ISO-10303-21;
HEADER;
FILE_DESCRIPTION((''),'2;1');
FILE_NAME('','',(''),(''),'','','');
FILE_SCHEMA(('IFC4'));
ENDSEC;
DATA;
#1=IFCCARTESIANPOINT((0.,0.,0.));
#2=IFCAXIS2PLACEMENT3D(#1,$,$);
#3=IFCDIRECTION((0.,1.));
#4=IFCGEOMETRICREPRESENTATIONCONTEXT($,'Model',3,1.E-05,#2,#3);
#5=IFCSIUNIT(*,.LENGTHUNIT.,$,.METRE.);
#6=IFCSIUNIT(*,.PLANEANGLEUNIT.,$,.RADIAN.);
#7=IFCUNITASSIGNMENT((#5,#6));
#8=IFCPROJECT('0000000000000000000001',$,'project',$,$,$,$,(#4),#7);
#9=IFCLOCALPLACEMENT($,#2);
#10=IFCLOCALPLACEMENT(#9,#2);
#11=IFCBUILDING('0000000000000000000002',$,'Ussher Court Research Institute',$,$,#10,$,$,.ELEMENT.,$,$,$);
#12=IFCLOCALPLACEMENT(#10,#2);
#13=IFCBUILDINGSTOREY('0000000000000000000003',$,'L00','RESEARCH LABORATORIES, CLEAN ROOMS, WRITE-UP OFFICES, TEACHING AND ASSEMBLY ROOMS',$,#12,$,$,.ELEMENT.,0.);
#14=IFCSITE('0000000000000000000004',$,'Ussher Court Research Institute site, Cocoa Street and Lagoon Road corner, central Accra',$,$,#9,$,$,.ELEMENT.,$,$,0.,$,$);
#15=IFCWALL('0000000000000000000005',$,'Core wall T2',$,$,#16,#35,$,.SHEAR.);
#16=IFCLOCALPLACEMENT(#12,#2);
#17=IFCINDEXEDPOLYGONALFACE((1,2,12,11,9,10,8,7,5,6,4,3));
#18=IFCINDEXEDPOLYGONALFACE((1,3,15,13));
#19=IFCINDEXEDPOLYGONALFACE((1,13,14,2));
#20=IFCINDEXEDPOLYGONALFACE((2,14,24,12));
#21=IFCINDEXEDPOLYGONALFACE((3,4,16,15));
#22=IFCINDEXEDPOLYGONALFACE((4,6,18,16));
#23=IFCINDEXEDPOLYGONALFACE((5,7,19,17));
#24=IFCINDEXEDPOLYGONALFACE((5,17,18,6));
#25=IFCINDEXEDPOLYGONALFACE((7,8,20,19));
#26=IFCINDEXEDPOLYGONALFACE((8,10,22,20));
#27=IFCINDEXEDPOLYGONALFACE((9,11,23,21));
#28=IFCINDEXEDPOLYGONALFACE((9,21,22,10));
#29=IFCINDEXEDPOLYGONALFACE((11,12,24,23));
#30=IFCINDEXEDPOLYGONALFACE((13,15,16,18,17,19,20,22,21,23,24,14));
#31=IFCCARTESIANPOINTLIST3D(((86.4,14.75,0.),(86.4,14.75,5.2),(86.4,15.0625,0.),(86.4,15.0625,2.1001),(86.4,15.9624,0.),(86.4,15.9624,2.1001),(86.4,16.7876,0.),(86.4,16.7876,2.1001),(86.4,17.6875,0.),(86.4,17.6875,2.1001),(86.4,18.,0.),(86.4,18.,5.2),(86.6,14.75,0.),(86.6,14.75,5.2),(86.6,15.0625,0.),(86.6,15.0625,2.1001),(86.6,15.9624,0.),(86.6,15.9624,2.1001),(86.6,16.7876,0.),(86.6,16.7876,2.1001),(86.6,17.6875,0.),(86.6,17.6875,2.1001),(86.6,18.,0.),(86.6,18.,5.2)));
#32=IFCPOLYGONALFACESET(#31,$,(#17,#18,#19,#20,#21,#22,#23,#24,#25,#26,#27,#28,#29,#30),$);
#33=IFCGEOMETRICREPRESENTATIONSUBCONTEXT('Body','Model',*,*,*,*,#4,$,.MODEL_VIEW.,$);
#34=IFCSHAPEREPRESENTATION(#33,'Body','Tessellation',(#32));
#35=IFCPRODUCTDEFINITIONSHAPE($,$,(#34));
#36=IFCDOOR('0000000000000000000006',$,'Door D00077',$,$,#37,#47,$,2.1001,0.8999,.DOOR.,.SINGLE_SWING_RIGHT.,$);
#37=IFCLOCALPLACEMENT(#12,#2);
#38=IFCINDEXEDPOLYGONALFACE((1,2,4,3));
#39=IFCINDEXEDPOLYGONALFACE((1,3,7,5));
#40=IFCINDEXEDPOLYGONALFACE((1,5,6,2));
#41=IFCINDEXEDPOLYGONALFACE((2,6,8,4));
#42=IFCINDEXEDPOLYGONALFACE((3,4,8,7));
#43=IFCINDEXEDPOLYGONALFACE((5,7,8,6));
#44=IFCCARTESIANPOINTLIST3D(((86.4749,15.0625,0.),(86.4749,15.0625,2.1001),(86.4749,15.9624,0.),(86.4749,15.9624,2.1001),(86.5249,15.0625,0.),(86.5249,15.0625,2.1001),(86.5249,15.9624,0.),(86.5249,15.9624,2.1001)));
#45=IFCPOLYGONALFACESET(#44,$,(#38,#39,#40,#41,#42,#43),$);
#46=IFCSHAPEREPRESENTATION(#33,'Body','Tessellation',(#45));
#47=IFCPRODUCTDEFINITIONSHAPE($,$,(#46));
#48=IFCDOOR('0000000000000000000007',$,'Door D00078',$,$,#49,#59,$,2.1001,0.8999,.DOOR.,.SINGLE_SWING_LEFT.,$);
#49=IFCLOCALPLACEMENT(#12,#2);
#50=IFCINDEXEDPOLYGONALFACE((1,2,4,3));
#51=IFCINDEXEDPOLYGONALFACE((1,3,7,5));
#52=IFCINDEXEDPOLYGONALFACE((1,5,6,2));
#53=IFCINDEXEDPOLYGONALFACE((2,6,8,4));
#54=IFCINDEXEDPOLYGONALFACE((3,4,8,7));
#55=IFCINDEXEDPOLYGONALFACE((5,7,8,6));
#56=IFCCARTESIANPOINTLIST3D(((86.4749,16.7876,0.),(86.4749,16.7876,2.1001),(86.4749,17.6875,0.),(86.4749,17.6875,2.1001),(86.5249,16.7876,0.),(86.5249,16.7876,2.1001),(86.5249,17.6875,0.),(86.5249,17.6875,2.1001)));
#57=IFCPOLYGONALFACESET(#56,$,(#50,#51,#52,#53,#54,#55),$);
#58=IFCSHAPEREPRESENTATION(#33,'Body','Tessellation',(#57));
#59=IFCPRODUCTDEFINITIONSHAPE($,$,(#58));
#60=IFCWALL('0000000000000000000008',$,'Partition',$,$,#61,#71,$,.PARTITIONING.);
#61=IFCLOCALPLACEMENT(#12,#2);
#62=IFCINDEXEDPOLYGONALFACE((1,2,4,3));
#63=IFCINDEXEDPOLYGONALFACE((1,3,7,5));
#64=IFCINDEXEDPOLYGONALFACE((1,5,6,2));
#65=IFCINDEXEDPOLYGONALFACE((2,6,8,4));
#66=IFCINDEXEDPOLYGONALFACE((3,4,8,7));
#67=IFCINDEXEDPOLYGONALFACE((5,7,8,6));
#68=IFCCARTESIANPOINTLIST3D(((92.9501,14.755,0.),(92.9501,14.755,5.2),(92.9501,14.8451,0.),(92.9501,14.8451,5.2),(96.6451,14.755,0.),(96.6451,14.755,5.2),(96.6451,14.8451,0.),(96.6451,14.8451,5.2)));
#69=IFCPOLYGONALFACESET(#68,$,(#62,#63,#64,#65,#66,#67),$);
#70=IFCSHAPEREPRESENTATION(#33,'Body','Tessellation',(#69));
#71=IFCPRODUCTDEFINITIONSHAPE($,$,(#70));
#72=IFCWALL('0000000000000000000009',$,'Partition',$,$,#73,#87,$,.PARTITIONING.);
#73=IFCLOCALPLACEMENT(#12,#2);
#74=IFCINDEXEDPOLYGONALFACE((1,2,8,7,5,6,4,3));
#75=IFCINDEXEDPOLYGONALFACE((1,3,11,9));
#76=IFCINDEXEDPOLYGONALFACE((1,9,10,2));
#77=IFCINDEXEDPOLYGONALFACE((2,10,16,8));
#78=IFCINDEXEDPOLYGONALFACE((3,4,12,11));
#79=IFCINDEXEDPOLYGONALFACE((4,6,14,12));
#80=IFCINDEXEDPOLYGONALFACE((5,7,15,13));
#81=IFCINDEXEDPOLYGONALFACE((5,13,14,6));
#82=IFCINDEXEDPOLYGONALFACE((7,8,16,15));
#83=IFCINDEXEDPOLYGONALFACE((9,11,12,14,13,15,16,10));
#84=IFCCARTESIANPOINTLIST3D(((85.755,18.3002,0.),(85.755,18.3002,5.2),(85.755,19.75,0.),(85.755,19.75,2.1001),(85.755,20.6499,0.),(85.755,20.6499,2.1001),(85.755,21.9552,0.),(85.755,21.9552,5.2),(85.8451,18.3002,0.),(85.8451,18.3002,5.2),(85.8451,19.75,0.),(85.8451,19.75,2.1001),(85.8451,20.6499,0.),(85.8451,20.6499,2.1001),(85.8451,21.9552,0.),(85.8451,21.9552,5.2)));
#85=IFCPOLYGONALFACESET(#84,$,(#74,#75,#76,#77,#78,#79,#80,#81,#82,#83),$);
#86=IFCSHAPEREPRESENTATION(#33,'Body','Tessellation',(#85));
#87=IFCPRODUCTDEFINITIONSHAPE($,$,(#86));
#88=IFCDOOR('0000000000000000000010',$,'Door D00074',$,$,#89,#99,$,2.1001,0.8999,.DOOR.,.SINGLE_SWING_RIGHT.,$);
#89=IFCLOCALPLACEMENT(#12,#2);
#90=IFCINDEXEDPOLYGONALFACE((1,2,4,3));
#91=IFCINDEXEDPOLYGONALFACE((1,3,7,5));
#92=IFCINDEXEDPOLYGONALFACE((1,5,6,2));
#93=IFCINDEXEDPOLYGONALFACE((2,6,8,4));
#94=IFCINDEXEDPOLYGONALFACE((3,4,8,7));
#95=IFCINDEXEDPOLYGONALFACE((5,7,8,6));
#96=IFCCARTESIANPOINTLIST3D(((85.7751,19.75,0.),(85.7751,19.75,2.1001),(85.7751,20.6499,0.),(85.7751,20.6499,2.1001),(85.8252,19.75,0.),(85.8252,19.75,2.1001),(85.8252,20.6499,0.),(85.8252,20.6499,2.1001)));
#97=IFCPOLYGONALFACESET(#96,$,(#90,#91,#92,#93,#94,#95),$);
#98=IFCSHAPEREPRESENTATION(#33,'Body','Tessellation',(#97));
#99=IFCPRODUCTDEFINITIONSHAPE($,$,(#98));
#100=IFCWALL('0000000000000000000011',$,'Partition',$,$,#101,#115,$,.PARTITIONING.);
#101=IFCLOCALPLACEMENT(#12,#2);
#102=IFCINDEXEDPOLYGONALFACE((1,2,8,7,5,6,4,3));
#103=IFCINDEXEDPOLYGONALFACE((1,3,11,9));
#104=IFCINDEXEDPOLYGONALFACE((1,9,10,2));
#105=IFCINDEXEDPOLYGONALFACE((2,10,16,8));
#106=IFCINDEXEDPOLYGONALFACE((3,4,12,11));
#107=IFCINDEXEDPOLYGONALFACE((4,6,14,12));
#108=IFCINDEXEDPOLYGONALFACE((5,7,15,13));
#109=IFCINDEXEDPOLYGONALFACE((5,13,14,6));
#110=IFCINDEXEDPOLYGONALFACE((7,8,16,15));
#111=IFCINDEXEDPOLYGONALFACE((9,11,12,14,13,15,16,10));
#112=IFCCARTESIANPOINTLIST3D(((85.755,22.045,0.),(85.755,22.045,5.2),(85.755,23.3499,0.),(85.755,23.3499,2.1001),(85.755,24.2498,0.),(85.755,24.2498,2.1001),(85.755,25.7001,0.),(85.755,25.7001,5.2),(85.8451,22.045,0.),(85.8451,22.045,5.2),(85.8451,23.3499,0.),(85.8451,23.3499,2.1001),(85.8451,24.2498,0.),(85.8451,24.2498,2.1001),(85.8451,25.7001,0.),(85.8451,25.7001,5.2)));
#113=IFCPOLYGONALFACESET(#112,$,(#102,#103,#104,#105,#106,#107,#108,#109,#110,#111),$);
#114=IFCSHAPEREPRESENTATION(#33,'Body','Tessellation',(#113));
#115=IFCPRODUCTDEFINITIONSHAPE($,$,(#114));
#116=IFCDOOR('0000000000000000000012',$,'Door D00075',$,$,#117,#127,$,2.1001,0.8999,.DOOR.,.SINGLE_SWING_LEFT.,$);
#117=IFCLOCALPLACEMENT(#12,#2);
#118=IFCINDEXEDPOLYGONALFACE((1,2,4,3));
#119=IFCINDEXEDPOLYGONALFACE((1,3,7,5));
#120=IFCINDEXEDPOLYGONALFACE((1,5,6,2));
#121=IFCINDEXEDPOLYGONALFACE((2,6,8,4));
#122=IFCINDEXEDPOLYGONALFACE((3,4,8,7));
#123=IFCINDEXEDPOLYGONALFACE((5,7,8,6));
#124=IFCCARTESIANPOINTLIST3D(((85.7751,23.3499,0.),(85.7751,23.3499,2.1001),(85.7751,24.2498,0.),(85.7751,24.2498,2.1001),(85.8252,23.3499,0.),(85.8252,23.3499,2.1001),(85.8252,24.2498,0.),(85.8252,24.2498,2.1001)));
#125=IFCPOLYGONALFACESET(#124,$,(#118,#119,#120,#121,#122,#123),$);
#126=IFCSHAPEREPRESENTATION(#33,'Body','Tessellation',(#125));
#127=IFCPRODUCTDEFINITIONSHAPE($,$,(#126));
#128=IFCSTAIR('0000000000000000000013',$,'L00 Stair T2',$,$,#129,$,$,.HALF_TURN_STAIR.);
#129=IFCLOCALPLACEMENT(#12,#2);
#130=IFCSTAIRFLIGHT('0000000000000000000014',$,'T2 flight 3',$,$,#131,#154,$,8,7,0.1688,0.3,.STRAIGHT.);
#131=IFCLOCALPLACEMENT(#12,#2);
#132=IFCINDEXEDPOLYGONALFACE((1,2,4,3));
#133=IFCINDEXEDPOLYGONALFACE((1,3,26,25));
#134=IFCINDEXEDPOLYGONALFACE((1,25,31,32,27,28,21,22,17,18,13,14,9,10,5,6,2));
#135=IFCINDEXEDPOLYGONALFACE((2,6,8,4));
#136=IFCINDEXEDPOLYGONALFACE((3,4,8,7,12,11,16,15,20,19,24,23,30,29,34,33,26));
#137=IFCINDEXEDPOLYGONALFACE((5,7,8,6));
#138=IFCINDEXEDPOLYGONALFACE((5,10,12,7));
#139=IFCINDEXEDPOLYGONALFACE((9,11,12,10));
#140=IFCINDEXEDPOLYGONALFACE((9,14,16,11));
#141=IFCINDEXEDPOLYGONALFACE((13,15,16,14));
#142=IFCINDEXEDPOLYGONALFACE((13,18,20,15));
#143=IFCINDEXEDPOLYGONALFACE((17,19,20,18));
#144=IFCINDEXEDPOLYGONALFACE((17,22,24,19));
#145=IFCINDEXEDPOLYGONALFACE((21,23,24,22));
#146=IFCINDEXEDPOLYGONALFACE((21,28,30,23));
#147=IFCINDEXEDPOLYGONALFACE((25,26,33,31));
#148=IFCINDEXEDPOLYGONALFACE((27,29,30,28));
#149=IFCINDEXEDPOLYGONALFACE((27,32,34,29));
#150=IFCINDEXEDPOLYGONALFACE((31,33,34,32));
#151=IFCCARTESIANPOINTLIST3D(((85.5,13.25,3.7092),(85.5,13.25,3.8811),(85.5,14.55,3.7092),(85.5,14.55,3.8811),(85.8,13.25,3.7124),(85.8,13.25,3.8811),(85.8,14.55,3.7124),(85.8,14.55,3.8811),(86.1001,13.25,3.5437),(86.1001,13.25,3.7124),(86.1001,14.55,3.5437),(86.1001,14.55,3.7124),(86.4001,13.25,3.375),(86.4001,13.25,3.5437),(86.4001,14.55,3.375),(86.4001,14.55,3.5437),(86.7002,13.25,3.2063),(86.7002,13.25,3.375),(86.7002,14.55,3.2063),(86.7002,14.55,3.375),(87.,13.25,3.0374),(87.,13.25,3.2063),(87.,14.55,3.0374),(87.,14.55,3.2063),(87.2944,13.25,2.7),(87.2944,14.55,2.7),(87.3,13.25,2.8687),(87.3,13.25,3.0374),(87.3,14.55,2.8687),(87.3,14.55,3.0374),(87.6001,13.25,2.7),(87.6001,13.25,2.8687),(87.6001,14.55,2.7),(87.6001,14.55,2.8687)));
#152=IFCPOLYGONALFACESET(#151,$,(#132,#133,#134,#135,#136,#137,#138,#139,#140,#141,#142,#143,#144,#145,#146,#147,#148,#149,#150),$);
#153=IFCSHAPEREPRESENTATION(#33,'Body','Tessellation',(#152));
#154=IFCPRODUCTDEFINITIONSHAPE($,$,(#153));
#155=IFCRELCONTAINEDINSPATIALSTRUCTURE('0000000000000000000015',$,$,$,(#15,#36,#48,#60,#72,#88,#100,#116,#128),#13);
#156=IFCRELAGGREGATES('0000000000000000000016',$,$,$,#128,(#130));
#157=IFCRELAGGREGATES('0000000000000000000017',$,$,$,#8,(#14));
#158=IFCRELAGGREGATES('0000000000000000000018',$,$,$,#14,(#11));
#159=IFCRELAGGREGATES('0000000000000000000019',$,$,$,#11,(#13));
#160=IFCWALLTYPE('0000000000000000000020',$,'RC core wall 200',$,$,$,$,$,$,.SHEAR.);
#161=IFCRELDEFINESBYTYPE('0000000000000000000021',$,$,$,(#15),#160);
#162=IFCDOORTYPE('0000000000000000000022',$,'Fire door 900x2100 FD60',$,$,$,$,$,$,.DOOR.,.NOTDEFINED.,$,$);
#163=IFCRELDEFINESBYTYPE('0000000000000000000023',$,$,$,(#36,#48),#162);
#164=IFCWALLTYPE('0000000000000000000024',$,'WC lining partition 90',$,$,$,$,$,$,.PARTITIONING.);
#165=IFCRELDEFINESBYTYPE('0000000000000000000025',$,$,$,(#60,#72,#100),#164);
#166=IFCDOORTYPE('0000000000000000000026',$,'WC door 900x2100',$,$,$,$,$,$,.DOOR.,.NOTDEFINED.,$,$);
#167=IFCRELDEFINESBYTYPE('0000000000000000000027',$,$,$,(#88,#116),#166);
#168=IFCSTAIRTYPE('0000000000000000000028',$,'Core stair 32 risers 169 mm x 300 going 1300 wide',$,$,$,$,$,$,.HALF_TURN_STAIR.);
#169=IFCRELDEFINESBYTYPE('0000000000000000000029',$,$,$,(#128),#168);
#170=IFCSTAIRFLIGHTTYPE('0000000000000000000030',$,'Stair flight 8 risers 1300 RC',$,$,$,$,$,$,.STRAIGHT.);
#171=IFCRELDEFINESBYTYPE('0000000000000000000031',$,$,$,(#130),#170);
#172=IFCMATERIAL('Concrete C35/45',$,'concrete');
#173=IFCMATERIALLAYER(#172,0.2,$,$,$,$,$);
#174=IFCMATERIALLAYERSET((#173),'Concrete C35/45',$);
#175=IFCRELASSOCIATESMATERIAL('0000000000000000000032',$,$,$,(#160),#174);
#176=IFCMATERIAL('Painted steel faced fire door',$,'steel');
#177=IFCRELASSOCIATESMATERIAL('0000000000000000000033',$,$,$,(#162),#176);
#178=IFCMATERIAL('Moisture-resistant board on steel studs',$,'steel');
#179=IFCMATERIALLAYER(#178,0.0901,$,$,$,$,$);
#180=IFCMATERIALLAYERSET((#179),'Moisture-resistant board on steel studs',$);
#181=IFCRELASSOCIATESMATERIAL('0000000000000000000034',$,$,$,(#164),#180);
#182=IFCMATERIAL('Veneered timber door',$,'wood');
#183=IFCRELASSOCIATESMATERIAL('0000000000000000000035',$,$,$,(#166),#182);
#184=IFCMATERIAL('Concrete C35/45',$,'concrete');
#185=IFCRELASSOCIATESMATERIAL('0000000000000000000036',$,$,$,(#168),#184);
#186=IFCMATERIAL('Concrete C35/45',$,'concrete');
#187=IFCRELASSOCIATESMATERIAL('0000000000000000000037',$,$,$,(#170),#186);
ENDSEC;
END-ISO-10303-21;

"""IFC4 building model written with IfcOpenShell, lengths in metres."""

from ifc_helpers import new_model, si_unit, direction, frame, frame_2d, origin, place, context, subcontext, project, spatial, polyline, rectangle, outline, extrude, material, layer, layer_set, type_object, element, fill, aggregate, save


model = new_model("IFC4")

# Units and contexts
model_context = context("Model", 3, precision=1e-05, world=origin(), true_north=direction((0.0, 1.0)))
body_context = subcontext(model_context, "Body", "Model", "MODEL_VIEW")
ifc_project = project(units=[si_unit("LENGTHUNIT", "METRE"), si_unit("PLANEANGLEUNIT", "RADIAN")], contexts=[model_context])

# Site, building, storey
site_placement = place(None, origin())
site = spatial("IfcSite", under=ifc_project, at=site_placement, Name="Ussher Court Research Institute site, Cocoa Street and Lagoon Road corner, central Accra", CompositionType="ELEMENT", RefElevation=0.0)
building_placement = place(site_placement, origin())
building = spatial("IfcBuilding", under=site, at=building_placement, Name="Ussher Court Research Institute", CompositionType="ELEMENT")
storey_placement = place(building_placement, origin())
storey = spatial("IfcBuildingStorey", under=building, at=storey_placement, Name="L00", Description="RESEARCH LABORATORIES, CLEAN ROOMS, WRITE-UP OFFICES, TEACHING AND ASSEMBLY ROOMS", CompositionType="ELEMENT", Elevation=0.0)

# Wall, openings, doors
ifc_material_1 = material(Name="Concrete C35/45", Category="concrete")
ifc_layer_1 = layer(ifc_material_1, 0.2)
ifc_layer_set_1 = layer_set([ifc_layer_1], Name="Concrete C35/45")
wall_type_1 = type_object("IfcWallType", Name="RC core wall 200", PredefinedType="SHEAR", material=ifc_layer_set_1)
wall_1_placement = place(storey_placement, frame((86.5, 18.0, 0.0), z_axis=(0.0, 0.0, 1.0), x_axis=(0.0, -1.0, 0.0)))
wall_1 = element("IfcWall", 1, at=wall_1_placement, inside=storey, type_object=wall_type_1, Name="Core wall T2", PredefinedType="SHEAR", context=body_context, shape_type="SweptSolid", body=[
    extrude(rectangle(XDim=3.25, YDim=0.2, at=frame_2d((1.625, 0.0))), origin(), (0.0, 0.0, 1.0), 5.2),
])
opening_1_placement = place(wall_1_placement, frame((2.0376, 0.0, 0.0)))
opening_1 = element("IfcOpeningElement", 2, at=opening_1_placement, cuts=wall_1, PredefinedType="OPENING", context=body_context, shape_type="SweptSolid", body=[
    extrude(rectangle(XDim=0.8999, YDim=2.1001, at=frame_2d((0.45, 1.05))), frame((0.0, 0.1099, 0.0), z_axis=(0.0, -1.0, 0.0), x_axis=(1.0, 0.0, 0.0)), (0.0, 0.0, 1.0), 0.22),
])
opening_2_placement = place(wall_1_placement, frame((0.3125, 0.0, 0.0)))
opening_2 = element("IfcOpeningElement", 3, at=opening_2_placement, cuts=wall_1, PredefinedType="OPENING", context=body_context, shape_type="SweptSolid", body=[
    extrude(rectangle(XDim=0.8999, YDim=2.1001, at=frame_2d((0.45, 1.05))), frame((0.0, 0.1099, 0.0), z_axis=(0.0, -1.0, 0.0), x_axis=(1.0, 0.0, 0.0)), (0.0, 0.0, 1.0), 0.22),
])
ifc_material_2 = material(Name="Painted steel faced fire door", Category="steel")
door_type_1 = type_object("IfcDoorType", Name="Fire door 900x2100 FD60", OperationType="NOTDEFINED", PredefinedType="DOOR", material=ifc_material_2)
door_1_placement = place(opening_1_placement, origin())
door_1 = element("IfcDoor", 4, at=door_1_placement, inside=storey, type_object=door_type_1, Name="Door D00077", OperationType="SINGLE_SWING_RIGHT", OverallHeight=2.1001, OverallWidth=0.8999, PredefinedType="DOOR", context=body_context, shape_type="SweptSolid", body=[
    extrude(rectangle(XDim=0.8999, YDim=2.1001, at=frame_2d((0.45, 1.05))), frame((0.0, 0.0249, 0.0), z_axis=(0.0, -1.0, 0.0), x_axis=(1.0, 0.0, 0.0)), (0.0, 0.0, 1.0), 0.05),
])
fill(opening_1, door_1)
door_2_placement = place(opening_2_placement, origin())
door_2 = element("IfcDoor", 5, at=door_2_placement, inside=storey, type_object=door_type_1, Name="Door D00078", OperationType="SINGLE_SWING_LEFT", OverallHeight=2.1001, OverallWidth=0.8999, PredefinedType="DOOR", context=body_context, shape_type="SweptSolid", body=[
    extrude(rectangle(XDim=0.8999, YDim=2.1001, at=frame_2d((0.45, 1.05))), frame((0.0, 0.0249, 0.0), z_axis=(0.0, -1.0, 0.0), x_axis=(1.0, 0.0, 0.0)), (0.0, 0.0, 1.0), 0.05),
])
fill(opening_2, door_2)

# Wall
ifc_material_3 = material(Name="Moisture-resistant board on steel studs", Category="steel")
ifc_layer_2 = layer(ifc_material_3, 0.0901)
ifc_layer_set_2 = layer_set([ifc_layer_2], Name="Moisture-resistant board on steel studs")
wall_type_2 = type_object("IfcWallType", Name="WC lining partition 90", PredefinedType="PARTITIONING", material=ifc_layer_set_2)
wall_2_placement = place(storey_placement, frame((92.95, 14.8, 0.0), z_axis=(0.0, 0.0, 1.0), x_axis=(1.0, 0.0, 0.0)))
element("IfcWall", 6, at=wall_2_placement, inside=storey, type_object=wall_type_2, Name="Partition", PredefinedType="PARTITIONING", context=body_context, shape_type="SweptSolid", body=[
    extrude(rectangle(XDim=3.6951, YDim=0.0901, at=frame_2d((1.8477, 0.0))), origin(), (0.0, 0.0, 1.0), 5.2),
])

# Walls, openings, doors
wall_3_placement = place(storey_placement, frame((85.8, 18.3, 0.0), z_axis=(0.0, 0.0, 1.0), x_axis=(0.0, 1.0, 0.0)))
wall_3 = element("IfcWall", 7, at=wall_3_placement, inside=storey, type_object=wall_type_2, Name="Partition", PredefinedType="PARTITIONING", context=body_context, shape_type="SweptSolid", body=[
    extrude(rectangle(XDim=3.655, YDim=0.0901, at=frame_2d((1.8276, 0.0))), origin(), (0.0, 0.0, 1.0), 5.2),
])
opening_3_placement = place(wall_3_placement, frame((1.45, 0.0, 0.0)))
opening_3 = element("IfcOpeningElement", 8, at=opening_3_placement, cuts=wall_3, PredefinedType="OPENING", context=body_context, shape_type="SweptSolid", body=[
    extrude(rectangle(XDim=0.8999, YDim=2.1001, at=frame_2d((0.45, 1.05))), frame((0.0, 0.0552, 0.0), z_axis=(0.0, -1.0, 0.0), x_axis=(1.0, 0.0, 0.0)), (0.0, 0.0, 1.0), 0.1101),
])
ifc_material_4 = material(Name="Veneered timber door", Category="wood")
door_type_2 = type_object("IfcDoorType", Name="WC door 900x2100", OperationType="NOTDEFINED", PredefinedType="DOOR", material=ifc_material_4)
door_3_placement = place(opening_3_placement, origin())
door_3 = element("IfcDoor", 9, at=door_3_placement, inside=storey, type_object=door_type_2, Name="Door D00074", OperationType="SINGLE_SWING_RIGHT", OverallHeight=2.1001, OverallWidth=0.8999, PredefinedType="DOOR", context=body_context, shape_type="SweptSolid", body=[
    extrude(rectangle(XDim=0.8999, YDim=2.1001, at=frame_2d((0.45, 1.05))), frame((0.0, 0.0249, 0.0), z_axis=(0.0, -1.0, 0.0), x_axis=(1.0, 0.0, 0.0)), (0.0, 0.0, 1.0), 0.05),
])
fill(opening_3, door_3)
wall_4_placement = place(storey_placement, frame((85.8, 22.0449, 0.0), z_axis=(0.0, 0.0, 1.0), x_axis=(0.0, 1.0, 0.0)))
wall_4 = element("IfcWall", 10, at=wall_4_placement, inside=storey, type_object=wall_type_2, Name="Partition", PredefinedType="PARTITIONING", context=body_context, shape_type="SweptSolid", body=[
    extrude(rectangle(XDim=3.655, YDim=0.0901, at=frame_2d((1.8276, 0.0))), origin(), (0.0, 0.0, 1.0), 5.2),
])
opening_4_placement = place(wall_4_placement, frame((1.3049, 0.0, 0.0)))
opening_4 = element("IfcOpeningElement", 11, at=opening_4_placement, cuts=wall_4, PredefinedType="OPENING", context=body_context, shape_type="SweptSolid", body=[
    extrude(rectangle(XDim=0.8999, YDim=2.1001, at=frame_2d((0.45, 1.05))), frame((0.0, 0.0552, 0.0), z_axis=(0.0, -1.0, 0.0), x_axis=(1.0, 0.0, 0.0)), (0.0, 0.0, 1.0), 0.1101),
])
door_4_placement = place(opening_4_placement, origin())
door_4 = element("IfcDoor", 12, at=door_4_placement, inside=storey, type_object=door_type_2, Name="Door D00075", OperationType="SINGLE_SWING_LEFT", OverallHeight=2.1001, OverallWidth=0.8999, PredefinedType="DOOR", context=body_context, shape_type="SweptSolid", body=[
    extrude(rectangle(XDim=0.8999, YDim=2.1001, at=frame_2d((0.45, 1.05))), frame((0.0, 0.0249, 0.0), z_axis=(0.0, -1.0, 0.0), x_axis=(1.0, 0.0, 0.0)), (0.0, 0.0, 1.0), 0.05),
])
fill(opening_4, door_4)

# Stair, stair flight
ifc_material_5 = material(Name="Concrete C35/45", Category="concrete")
stair_type = type_object("IfcStairType", Name="Core stair 32 risers 169 mm x 300 going 1300 wide", PredefinedType="HALF_TURN_STAIR", material=ifc_material_5)
stair_placement = place(storey_placement, origin())
stair = element("IfcStair", 13, at=stair_placement, inside=storey, type_object=stair_type, Name="L00 Stair T2", PredefinedType="HALF_TURN_STAIR")
ifc_material_6 = material(Name="Concrete C35/45", Category="concrete")
stair_flight_type = type_object("IfcStairFlightType", Name="Stair flight 8 risers 1300 RC", PredefinedType="STRAIGHT", material=ifc_material_6)
stair_flight_placement = place(storey_placement, frame((87.6001, 13.8999, 2.7), z_axis=(0.0, 0.0, 1.0), x_axis=(-1.0, 0.0, 0.0)))
stair_flight = element("IfcStairFlight", 14, at=stair_flight_placement, type_object=stair_flight_type, Name="T2 flight 3", NumberOfRisers=8, NumberOfTreads=7, PredefinedType="STRAIGHT", RiserHeight=0.1688, TreadLength=0.3, context=body_context, shape_type="SweptSolid", body=[
    extrude(outline(polyline([(0.0, 0.0), (0.0, 0.1687), (0.3, 0.1687), (0.3, 0.3374), (0.6001, 0.3374), (0.6001, 0.5063), (0.8999, 0.5063), (0.8999, 0.675), (1.2, 0.675), (1.2, 0.8438), (1.5, 0.8438), (1.5, 1.0125), (1.8, 1.0125), (1.8, 1.1812), (2.1001, 1.1812), (2.1001, 1.3501), (2.1001, 1.0093), (0.3057, 0.0), (0.0, 0.0)])), frame((0.0, 0.6499, 0.0), z_axis=(0.0, -1.0, 0.0), x_axis=(1.0, 0.0, 0.0)), (0.0, 0.0, 1.0), 1.3),
])
aggregate(stair, [stair_flight])

save(model, "model.ifc")
